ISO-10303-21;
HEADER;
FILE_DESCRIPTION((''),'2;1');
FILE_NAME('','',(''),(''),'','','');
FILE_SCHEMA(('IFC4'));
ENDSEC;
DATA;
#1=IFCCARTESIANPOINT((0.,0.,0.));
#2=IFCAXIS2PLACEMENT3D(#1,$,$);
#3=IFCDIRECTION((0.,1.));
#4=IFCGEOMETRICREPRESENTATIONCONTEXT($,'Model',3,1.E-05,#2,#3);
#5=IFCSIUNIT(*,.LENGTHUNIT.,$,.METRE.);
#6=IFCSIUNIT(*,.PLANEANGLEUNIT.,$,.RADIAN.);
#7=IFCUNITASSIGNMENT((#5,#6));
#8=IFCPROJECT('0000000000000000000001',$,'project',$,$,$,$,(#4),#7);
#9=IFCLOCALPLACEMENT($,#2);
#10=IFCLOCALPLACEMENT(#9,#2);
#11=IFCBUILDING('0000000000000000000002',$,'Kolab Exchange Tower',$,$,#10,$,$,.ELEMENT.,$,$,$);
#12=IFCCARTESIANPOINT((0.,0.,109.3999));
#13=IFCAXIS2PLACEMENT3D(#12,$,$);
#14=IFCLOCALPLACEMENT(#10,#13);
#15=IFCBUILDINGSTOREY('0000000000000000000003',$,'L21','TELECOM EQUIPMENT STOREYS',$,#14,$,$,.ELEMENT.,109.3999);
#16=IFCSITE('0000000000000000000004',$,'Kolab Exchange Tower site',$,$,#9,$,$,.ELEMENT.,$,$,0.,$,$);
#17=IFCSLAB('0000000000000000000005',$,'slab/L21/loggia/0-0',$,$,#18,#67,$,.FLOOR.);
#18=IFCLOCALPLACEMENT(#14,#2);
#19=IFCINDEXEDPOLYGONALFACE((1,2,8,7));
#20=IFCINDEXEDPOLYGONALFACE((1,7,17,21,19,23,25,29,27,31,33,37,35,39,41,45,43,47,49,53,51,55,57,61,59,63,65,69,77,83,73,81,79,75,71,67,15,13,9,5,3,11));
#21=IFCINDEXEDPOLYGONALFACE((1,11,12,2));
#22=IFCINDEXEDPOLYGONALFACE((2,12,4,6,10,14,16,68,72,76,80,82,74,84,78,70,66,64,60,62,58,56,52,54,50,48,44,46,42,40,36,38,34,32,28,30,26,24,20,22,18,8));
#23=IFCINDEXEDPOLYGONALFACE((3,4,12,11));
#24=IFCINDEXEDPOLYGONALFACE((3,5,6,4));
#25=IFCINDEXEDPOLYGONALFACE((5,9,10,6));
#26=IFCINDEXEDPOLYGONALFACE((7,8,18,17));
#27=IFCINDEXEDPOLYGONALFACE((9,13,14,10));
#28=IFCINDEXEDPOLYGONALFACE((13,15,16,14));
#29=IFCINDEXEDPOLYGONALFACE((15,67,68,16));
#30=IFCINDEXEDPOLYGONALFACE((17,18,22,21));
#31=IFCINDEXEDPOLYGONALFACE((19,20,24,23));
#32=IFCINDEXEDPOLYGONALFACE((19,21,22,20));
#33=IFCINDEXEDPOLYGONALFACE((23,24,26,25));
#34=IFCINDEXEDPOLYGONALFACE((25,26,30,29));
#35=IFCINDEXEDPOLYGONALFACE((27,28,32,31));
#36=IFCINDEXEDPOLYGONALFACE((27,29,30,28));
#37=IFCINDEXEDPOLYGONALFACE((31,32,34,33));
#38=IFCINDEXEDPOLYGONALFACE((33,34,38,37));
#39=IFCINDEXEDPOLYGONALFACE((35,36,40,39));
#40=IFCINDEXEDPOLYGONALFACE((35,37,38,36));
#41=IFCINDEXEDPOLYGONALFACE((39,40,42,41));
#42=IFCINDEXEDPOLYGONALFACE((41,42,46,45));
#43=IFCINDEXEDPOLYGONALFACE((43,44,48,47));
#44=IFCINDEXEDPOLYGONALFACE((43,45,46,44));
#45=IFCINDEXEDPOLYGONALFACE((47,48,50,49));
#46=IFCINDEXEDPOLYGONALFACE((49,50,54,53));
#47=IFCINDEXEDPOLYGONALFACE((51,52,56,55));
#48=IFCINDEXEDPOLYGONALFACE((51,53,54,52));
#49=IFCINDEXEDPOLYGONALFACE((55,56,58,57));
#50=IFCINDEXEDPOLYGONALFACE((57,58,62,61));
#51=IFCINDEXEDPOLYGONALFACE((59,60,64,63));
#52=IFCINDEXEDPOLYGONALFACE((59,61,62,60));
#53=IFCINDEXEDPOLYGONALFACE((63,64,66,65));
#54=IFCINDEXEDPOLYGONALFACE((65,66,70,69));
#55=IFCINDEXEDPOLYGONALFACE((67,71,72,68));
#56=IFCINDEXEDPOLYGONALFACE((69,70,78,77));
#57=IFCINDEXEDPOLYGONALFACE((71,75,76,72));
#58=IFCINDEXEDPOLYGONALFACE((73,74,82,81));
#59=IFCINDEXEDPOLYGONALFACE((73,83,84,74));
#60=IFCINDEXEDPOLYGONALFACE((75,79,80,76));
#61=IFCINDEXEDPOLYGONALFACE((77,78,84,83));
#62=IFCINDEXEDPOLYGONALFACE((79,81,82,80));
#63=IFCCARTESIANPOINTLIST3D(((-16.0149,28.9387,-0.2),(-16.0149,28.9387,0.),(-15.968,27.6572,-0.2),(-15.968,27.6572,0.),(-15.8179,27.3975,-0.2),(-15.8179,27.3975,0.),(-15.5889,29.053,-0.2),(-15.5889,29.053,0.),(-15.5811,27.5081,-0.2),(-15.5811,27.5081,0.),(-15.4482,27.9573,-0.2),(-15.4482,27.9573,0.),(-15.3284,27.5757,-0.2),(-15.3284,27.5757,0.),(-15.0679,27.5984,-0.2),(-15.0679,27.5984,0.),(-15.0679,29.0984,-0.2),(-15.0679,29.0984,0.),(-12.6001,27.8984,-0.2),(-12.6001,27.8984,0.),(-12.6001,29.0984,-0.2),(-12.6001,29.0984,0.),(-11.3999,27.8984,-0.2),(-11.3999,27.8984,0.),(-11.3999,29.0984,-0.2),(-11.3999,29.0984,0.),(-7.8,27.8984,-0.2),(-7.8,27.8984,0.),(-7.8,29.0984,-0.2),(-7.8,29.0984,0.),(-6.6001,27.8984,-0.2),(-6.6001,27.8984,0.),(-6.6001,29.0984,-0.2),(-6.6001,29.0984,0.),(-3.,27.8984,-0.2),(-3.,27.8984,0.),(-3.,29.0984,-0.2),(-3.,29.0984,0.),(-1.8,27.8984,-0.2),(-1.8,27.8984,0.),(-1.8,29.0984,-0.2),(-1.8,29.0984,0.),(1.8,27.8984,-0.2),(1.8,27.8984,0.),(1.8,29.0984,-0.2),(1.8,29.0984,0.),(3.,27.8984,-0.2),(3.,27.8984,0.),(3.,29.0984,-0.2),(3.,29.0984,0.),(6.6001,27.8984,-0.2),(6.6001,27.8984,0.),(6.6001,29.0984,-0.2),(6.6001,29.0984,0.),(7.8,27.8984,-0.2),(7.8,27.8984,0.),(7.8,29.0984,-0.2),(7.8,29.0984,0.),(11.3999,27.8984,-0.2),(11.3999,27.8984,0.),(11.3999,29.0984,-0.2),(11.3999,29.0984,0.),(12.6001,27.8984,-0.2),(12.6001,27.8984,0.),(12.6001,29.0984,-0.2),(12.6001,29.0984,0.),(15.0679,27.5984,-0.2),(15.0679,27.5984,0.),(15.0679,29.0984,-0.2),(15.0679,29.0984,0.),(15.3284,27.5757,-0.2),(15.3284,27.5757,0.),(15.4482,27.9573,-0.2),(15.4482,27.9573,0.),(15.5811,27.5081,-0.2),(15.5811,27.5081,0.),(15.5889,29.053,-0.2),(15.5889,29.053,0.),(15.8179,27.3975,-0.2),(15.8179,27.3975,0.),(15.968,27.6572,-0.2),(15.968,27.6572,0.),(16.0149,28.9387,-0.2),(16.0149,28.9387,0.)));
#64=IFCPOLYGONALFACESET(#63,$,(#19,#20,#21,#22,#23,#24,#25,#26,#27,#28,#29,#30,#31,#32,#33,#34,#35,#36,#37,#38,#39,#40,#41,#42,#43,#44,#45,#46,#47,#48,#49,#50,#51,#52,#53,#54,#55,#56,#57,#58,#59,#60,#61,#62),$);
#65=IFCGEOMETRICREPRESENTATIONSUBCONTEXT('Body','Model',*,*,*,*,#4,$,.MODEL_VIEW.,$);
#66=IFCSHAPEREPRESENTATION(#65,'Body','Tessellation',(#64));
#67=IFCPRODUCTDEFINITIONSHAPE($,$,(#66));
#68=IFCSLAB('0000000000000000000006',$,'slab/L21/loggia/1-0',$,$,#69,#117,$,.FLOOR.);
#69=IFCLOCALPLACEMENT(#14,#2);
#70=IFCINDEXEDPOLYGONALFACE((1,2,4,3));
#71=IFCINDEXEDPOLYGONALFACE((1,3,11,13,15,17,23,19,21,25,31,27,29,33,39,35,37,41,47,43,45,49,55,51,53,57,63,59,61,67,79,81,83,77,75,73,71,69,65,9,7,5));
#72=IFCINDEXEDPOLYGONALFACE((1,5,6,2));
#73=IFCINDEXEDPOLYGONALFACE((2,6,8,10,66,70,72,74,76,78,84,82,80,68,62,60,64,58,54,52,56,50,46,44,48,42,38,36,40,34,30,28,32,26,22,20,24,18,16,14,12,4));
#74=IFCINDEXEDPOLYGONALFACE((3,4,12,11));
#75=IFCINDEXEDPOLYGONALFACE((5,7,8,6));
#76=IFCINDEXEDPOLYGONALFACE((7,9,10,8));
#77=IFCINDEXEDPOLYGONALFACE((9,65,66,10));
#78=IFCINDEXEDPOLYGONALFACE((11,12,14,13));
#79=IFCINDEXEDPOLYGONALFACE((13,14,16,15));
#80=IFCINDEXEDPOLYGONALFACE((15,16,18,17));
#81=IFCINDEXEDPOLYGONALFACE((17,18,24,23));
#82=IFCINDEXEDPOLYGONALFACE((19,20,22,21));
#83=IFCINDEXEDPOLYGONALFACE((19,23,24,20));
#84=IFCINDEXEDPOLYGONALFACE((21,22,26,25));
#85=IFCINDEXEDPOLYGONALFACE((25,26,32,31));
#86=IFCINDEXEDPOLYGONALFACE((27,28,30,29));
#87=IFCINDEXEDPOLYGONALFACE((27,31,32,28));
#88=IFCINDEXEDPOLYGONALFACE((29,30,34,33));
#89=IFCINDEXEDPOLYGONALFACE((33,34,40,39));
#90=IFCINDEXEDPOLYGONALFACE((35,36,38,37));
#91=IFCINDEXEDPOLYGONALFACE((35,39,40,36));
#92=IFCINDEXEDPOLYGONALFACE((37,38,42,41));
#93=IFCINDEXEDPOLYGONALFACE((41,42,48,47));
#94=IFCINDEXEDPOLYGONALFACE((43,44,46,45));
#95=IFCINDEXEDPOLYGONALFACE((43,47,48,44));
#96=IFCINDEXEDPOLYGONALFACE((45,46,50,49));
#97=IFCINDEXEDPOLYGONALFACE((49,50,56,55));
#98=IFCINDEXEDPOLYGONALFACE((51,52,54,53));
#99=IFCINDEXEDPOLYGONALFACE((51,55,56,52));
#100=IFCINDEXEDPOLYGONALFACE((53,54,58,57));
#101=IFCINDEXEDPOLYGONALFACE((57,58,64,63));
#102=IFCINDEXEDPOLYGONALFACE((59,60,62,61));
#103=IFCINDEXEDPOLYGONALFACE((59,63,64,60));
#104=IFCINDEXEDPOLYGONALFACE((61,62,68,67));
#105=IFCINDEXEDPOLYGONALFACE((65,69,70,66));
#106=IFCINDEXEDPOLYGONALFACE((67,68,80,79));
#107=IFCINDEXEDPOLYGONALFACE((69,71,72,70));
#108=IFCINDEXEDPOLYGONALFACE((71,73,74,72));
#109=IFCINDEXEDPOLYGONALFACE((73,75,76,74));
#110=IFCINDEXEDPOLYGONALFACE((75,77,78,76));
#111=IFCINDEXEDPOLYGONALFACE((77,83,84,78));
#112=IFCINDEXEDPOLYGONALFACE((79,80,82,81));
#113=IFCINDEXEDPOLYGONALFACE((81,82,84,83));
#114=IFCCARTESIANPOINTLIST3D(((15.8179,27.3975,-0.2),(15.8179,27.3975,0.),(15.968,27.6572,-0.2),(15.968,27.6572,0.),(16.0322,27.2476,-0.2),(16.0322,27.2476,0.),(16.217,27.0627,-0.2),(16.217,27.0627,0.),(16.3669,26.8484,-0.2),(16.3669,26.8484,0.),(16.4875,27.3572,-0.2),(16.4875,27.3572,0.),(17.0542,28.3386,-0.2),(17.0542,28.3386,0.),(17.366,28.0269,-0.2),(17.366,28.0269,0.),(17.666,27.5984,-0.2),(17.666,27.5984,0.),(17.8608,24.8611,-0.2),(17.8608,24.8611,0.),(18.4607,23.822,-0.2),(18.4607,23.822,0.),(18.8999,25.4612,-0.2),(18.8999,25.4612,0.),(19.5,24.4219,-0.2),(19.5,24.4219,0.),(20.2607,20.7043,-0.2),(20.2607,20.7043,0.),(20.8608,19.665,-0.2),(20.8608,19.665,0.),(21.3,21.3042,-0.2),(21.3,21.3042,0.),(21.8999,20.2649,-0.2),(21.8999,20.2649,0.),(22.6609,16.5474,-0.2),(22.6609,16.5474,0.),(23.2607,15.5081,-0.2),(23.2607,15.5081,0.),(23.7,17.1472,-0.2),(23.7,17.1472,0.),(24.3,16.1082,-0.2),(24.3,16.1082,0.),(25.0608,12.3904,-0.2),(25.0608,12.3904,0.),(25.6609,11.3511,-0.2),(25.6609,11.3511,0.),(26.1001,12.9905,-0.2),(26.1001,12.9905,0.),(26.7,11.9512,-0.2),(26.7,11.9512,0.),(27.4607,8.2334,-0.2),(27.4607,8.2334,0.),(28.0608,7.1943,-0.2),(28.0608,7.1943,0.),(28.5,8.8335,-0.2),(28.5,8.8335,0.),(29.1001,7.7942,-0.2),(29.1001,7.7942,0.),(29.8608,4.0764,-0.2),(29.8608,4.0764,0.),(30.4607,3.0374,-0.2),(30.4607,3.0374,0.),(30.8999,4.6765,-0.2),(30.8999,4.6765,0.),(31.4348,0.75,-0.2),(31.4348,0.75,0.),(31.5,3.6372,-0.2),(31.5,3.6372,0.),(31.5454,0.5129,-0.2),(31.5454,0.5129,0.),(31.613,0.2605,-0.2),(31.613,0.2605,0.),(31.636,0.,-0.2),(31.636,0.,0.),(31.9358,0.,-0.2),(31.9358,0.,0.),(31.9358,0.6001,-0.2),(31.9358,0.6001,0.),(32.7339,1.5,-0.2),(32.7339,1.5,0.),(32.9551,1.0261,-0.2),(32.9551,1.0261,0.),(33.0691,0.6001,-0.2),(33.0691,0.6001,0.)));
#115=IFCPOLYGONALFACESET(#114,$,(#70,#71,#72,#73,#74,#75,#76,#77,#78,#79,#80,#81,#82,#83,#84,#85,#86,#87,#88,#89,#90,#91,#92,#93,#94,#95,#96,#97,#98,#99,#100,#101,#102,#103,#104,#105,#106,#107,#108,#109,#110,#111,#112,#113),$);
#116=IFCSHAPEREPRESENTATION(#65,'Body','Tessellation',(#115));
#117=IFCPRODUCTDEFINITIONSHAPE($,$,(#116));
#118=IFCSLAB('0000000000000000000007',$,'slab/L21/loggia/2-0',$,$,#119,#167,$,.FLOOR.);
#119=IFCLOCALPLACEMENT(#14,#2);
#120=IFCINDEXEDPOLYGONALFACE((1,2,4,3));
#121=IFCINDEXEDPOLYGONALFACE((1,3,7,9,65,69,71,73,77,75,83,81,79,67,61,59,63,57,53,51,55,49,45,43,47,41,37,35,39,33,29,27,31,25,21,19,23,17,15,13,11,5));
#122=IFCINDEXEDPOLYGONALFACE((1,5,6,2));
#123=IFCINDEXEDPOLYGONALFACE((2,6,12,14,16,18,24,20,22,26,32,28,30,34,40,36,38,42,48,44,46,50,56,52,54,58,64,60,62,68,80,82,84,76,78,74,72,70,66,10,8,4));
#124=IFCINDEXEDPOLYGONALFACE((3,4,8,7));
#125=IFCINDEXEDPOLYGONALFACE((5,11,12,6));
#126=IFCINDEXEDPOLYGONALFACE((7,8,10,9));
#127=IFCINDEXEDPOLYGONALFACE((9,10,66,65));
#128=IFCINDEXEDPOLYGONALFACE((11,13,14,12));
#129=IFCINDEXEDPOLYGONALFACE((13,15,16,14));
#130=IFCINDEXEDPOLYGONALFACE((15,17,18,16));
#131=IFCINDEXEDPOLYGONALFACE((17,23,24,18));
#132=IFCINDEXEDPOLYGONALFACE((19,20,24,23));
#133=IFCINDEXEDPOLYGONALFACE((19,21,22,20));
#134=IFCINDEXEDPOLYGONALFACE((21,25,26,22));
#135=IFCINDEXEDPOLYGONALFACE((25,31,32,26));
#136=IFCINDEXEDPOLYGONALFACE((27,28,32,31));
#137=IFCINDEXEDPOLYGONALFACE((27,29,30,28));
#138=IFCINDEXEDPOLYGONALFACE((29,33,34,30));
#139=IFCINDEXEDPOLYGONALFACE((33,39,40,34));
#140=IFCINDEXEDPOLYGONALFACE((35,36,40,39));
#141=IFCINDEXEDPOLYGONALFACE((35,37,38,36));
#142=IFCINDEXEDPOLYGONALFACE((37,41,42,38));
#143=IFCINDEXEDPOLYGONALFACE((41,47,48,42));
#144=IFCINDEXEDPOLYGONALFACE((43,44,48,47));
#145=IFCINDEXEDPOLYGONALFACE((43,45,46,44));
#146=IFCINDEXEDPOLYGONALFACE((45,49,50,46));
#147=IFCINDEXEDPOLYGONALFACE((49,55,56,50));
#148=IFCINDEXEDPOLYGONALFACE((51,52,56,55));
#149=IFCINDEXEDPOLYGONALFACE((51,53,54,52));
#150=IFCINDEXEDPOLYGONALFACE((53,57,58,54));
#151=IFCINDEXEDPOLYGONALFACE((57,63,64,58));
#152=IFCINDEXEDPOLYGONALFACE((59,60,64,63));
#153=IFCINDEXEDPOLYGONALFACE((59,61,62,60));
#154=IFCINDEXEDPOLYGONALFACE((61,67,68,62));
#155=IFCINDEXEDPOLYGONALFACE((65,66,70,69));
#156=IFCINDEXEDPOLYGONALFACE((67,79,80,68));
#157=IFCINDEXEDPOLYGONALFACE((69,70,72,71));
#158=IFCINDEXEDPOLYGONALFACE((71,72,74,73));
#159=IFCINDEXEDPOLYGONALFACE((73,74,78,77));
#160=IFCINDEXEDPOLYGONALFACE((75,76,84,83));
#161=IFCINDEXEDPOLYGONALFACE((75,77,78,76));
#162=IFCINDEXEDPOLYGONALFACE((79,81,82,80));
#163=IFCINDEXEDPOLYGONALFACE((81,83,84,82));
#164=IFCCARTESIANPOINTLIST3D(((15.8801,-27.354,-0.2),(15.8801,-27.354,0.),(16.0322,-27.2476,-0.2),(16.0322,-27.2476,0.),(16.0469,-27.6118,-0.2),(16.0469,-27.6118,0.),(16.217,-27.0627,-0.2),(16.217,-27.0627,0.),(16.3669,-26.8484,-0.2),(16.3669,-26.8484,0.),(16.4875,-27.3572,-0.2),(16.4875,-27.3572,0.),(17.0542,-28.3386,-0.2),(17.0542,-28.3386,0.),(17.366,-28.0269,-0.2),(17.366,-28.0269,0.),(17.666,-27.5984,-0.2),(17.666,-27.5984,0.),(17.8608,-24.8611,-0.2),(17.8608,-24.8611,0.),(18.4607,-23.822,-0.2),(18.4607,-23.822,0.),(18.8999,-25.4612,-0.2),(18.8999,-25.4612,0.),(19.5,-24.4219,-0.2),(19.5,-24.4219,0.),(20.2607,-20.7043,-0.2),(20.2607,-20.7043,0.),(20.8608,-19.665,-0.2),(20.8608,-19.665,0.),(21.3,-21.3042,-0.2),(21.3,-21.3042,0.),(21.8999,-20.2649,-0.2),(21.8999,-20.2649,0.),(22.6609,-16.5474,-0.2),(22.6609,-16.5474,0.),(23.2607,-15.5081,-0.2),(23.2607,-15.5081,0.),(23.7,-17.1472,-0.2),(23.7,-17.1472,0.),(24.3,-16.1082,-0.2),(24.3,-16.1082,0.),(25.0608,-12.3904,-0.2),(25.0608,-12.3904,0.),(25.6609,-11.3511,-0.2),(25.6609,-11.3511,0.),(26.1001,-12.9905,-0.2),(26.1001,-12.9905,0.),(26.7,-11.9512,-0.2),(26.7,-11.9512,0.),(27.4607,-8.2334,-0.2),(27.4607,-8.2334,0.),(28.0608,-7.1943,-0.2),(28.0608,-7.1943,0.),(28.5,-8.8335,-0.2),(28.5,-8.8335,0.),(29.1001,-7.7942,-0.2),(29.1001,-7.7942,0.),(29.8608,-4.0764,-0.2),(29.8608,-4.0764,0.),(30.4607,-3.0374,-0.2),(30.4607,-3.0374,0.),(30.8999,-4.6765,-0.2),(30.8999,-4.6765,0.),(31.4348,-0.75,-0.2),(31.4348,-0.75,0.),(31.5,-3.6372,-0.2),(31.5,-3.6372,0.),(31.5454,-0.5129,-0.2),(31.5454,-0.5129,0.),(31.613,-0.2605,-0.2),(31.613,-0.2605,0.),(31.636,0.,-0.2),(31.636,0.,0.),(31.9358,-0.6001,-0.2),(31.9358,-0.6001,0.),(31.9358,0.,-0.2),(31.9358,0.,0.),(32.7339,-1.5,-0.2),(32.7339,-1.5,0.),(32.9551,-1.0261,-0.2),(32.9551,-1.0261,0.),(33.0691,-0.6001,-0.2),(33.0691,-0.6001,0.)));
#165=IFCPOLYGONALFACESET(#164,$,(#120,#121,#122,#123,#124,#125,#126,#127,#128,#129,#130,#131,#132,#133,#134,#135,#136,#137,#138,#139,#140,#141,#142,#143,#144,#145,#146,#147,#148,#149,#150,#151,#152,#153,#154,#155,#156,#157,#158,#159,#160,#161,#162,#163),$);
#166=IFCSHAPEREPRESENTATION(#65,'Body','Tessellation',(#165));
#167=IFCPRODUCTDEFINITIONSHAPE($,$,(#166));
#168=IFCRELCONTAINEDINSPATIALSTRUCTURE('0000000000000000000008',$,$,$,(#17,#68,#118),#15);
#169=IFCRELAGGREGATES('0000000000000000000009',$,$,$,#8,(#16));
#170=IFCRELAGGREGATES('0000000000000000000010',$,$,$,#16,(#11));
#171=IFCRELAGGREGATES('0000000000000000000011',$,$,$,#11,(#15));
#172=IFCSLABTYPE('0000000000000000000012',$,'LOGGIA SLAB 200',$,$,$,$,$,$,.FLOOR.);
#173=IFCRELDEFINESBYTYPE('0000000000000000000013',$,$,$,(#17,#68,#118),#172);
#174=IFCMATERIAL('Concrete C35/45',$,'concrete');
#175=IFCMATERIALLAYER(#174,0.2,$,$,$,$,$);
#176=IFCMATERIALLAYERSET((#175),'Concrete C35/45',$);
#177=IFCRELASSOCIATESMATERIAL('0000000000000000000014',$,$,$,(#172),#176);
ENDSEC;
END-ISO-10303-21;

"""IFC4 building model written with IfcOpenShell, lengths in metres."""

from ifc_helpers import new_model, si_unit, direction, frame, origin, place, context, subcontext, project, spatial, polyline, outline, extrude, material, layer, layer_set, type_object, element, save


model = new_model("IFC4")

# Units and contexts
model_context = context("Model", 3, precision=1e-05, world=origin(), true_north=direction((0.0, 1.0)))
body_context = subcontext(model_context, "Body", "Model", "MODEL_VIEW")
ifc_project = project(units=[si_unit("LENGTHUNIT", "METRE"), si_unit("PLANEANGLEUNIT", "RADIAN")], contexts=[model_context])

# Site, building, storey
site_placement = place(None, origin())
site = spatial("IfcSite", under=ifc_project, at=site_placement, Name="Kolab Exchange Tower site", CompositionType="ELEMENT", RefElevation=0.0)
building_placement = place(site_placement, origin())
building = spatial("IfcBuilding", under=site, at=building_placement, Name="Kolab Exchange Tower", CompositionType="ELEMENT")
storey_placement = place(building_placement, frame((0.0, 0.0, 109.3999)))
storey = spatial("IfcBuildingStorey", under=building, at=storey_placement, Name="L21", Description="TELECOM EQUIPMENT STOREYS", CompositionType="ELEMENT", Elevation=109.3999)

# Slabs
ifc_material_1 = material(Name="Concrete C35/45", Category="concrete")
ifc_layer_1 = layer(ifc_material_1, 0.2)
ifc_layer_set_1 = layer_set([ifc_layer_1], Name="Concrete C35/45")
slab_type_1 = type_object("IfcSlabType", Name="LOGGIA SLAB 200", PredefinedType="FLOOR", material=ifc_layer_set_1)
slab_1_placement = place(storey_placement, frame((0.0, 0.0, -0.2)))
element("IfcSlab", 1, at=slab_1_placement, inside=storey, type_object=slab_type_1, Name="slab/L21/loggia/0-0", PredefinedType="FLOOR", context=body_context, shape_type="SweptSolid", body=[
    extrude(outline(polyline([(15.5811, 27.5081), (15.8179, 27.3975), (15.968, 27.6572), (15.4482, 27.9573), (16.0149, 28.9387), (15.5889, 29.053), (15.0679, 29.0984), (12.6001, 29.0984), (12.6001, 27.8984), (11.3999, 27.8984), (11.3999, 29.0984), (7.8, 29.0984), (7.8, 27.8984), (6.6001, 27.8984), (6.6001, 29.0984), (3.0, 29.0984), (3.0, 27.8984), (1.8, 27.8984), (1.8, 29.0984), (-1.8, 29.0984), (-1.8, 27.8984), (-3.0, 27.8984), (-3.0, 29.0984), (-6.6001, 29.0984), (-6.6001, 27.8984), (-7.8, 27.8984), (-7.8, 29.0984), (-11.3999, 29.0984), (-11.3999, 27.8984), (-12.6001, 27.8984), (-12.6001, 29.0984), (-15.0679, 29.0984), (-15.5889, 29.053), (-16.0149, 28.9387), (-15.4482, 27.9573), (-15.968, 27.6572), (-15.8179, 27.3975), (-15.5811, 27.5081), (-15.3284, 27.5757), (-15.0679, 27.5984), (15.0679, 27.5984), (15.3284, 27.5757), (15.5811, 27.5081)])), origin(), (0.0, 0.0, 1.0), 0.2),
])
slab_2_placement = place(storey_placement, frame((0.0, 0.0, -0.2)))
element("IfcSlab", 2, at=slab_2_placement, inside=storey, type_object=slab_type_1, Name="slab/L21/loggia/1-0", PredefinedType="FLOOR", context=body_context, shape_type="SweptSolid", body=[
    extrude(outline(polyline([(31.613, 0.2605), (31.636, 0.0), (31.9358, 0.0), (31.9358, 0.6001), (33.0691, 0.6001), (32.9551, 1.0261), (32.7339, 1.5), (31.5, 3.6372), (30.4607, 3.0374), (29.8608, 4.0764), (30.8999, 4.6765), (29.1001, 7.7942), (28.0608, 7.1943), (27.4607, 8.2334), (28.5, 8.8335), (26.7, 11.9512), (25.6609, 11.3511), (25.0608, 12.3904), (26.1001, 12.9905), (24.3, 16.1082), (23.2607, 15.5081), (22.6609, 16.5474), (23.7, 17.1472), (21.8999, 20.2649), (20.8608, 19.665), (20.2607, 20.7043), (21.3, 21.3042), (19.5, 24.4219), (18.4607, 23.822), (17.8608, 24.8611), (18.8999, 25.4612), (17.666, 27.5984), (17.366, 28.0269), (17.0542, 28.3386), (16.4875, 27.3572), (15.968, 27.6572), (15.8179, 27.3975), (16.0322, 27.2476), (16.217, 27.0627), (16.3669, 26.8484), (31.4348, 0.75), (31.5454, 0.5129), (31.613, 0.2605)])), origin(), (0.0, 0.0, 1.0), 0.2),
])
slab_3_placement = place(storey_placement, frame((0.0, 0.0, -0.2)))
element("IfcSlab", 3, at=slab_3_placement, inside=storey, type_object=slab_type_1, Name="slab/L21/loggia/2-0", PredefinedType="FLOOR", context=body_context, shape_type="SweptSolid", body=[
    extrude(outline(polyline([(17.366, -28.0269), (17.666, -27.5984), (18.8999, -25.4612), (17.8608, -24.8611), (18.4607, -23.822), (19.5, -24.4219), (21.3, -21.3042), (20.2607, -20.7043), (20.8608, -19.665), (21.8999, -20.2649), (23.7, -17.1472), (22.6609, -16.5474), (23.2607, -15.5081), (24.3, -16.1082), (26.1001, -12.9905), (25.0608, -12.3904), (25.6609, -11.3511), (26.7, -11.9512), (28.5, -8.8335), (27.4607, -8.2334), (28.0608, -7.1943), (29.1001, -7.7942), (30.8999, -4.6765), (29.8608, -4.0764), (30.4607, -3.0374), (31.5, -3.6372), (32.7339, -1.5), (32.9551, -1.0261), (33.0691, -0.6001), (31.9358, -0.6001), (31.9358, 0.0), (31.636, 0.0), (31.613, -0.2605), (31.5454, -0.5129), (31.4348, -0.75), (16.3669, -26.8484), (16.217, -27.0627), (16.0322, -27.2476), (15.8801, -27.354), (16.0469, -27.6118), (16.4875, -27.3572), (17.0542, -28.3386), (17.366, -28.0269)])), origin(), (0.0, 0.0, 1.0), 0.2),
])

save(model, "model.ifc")
